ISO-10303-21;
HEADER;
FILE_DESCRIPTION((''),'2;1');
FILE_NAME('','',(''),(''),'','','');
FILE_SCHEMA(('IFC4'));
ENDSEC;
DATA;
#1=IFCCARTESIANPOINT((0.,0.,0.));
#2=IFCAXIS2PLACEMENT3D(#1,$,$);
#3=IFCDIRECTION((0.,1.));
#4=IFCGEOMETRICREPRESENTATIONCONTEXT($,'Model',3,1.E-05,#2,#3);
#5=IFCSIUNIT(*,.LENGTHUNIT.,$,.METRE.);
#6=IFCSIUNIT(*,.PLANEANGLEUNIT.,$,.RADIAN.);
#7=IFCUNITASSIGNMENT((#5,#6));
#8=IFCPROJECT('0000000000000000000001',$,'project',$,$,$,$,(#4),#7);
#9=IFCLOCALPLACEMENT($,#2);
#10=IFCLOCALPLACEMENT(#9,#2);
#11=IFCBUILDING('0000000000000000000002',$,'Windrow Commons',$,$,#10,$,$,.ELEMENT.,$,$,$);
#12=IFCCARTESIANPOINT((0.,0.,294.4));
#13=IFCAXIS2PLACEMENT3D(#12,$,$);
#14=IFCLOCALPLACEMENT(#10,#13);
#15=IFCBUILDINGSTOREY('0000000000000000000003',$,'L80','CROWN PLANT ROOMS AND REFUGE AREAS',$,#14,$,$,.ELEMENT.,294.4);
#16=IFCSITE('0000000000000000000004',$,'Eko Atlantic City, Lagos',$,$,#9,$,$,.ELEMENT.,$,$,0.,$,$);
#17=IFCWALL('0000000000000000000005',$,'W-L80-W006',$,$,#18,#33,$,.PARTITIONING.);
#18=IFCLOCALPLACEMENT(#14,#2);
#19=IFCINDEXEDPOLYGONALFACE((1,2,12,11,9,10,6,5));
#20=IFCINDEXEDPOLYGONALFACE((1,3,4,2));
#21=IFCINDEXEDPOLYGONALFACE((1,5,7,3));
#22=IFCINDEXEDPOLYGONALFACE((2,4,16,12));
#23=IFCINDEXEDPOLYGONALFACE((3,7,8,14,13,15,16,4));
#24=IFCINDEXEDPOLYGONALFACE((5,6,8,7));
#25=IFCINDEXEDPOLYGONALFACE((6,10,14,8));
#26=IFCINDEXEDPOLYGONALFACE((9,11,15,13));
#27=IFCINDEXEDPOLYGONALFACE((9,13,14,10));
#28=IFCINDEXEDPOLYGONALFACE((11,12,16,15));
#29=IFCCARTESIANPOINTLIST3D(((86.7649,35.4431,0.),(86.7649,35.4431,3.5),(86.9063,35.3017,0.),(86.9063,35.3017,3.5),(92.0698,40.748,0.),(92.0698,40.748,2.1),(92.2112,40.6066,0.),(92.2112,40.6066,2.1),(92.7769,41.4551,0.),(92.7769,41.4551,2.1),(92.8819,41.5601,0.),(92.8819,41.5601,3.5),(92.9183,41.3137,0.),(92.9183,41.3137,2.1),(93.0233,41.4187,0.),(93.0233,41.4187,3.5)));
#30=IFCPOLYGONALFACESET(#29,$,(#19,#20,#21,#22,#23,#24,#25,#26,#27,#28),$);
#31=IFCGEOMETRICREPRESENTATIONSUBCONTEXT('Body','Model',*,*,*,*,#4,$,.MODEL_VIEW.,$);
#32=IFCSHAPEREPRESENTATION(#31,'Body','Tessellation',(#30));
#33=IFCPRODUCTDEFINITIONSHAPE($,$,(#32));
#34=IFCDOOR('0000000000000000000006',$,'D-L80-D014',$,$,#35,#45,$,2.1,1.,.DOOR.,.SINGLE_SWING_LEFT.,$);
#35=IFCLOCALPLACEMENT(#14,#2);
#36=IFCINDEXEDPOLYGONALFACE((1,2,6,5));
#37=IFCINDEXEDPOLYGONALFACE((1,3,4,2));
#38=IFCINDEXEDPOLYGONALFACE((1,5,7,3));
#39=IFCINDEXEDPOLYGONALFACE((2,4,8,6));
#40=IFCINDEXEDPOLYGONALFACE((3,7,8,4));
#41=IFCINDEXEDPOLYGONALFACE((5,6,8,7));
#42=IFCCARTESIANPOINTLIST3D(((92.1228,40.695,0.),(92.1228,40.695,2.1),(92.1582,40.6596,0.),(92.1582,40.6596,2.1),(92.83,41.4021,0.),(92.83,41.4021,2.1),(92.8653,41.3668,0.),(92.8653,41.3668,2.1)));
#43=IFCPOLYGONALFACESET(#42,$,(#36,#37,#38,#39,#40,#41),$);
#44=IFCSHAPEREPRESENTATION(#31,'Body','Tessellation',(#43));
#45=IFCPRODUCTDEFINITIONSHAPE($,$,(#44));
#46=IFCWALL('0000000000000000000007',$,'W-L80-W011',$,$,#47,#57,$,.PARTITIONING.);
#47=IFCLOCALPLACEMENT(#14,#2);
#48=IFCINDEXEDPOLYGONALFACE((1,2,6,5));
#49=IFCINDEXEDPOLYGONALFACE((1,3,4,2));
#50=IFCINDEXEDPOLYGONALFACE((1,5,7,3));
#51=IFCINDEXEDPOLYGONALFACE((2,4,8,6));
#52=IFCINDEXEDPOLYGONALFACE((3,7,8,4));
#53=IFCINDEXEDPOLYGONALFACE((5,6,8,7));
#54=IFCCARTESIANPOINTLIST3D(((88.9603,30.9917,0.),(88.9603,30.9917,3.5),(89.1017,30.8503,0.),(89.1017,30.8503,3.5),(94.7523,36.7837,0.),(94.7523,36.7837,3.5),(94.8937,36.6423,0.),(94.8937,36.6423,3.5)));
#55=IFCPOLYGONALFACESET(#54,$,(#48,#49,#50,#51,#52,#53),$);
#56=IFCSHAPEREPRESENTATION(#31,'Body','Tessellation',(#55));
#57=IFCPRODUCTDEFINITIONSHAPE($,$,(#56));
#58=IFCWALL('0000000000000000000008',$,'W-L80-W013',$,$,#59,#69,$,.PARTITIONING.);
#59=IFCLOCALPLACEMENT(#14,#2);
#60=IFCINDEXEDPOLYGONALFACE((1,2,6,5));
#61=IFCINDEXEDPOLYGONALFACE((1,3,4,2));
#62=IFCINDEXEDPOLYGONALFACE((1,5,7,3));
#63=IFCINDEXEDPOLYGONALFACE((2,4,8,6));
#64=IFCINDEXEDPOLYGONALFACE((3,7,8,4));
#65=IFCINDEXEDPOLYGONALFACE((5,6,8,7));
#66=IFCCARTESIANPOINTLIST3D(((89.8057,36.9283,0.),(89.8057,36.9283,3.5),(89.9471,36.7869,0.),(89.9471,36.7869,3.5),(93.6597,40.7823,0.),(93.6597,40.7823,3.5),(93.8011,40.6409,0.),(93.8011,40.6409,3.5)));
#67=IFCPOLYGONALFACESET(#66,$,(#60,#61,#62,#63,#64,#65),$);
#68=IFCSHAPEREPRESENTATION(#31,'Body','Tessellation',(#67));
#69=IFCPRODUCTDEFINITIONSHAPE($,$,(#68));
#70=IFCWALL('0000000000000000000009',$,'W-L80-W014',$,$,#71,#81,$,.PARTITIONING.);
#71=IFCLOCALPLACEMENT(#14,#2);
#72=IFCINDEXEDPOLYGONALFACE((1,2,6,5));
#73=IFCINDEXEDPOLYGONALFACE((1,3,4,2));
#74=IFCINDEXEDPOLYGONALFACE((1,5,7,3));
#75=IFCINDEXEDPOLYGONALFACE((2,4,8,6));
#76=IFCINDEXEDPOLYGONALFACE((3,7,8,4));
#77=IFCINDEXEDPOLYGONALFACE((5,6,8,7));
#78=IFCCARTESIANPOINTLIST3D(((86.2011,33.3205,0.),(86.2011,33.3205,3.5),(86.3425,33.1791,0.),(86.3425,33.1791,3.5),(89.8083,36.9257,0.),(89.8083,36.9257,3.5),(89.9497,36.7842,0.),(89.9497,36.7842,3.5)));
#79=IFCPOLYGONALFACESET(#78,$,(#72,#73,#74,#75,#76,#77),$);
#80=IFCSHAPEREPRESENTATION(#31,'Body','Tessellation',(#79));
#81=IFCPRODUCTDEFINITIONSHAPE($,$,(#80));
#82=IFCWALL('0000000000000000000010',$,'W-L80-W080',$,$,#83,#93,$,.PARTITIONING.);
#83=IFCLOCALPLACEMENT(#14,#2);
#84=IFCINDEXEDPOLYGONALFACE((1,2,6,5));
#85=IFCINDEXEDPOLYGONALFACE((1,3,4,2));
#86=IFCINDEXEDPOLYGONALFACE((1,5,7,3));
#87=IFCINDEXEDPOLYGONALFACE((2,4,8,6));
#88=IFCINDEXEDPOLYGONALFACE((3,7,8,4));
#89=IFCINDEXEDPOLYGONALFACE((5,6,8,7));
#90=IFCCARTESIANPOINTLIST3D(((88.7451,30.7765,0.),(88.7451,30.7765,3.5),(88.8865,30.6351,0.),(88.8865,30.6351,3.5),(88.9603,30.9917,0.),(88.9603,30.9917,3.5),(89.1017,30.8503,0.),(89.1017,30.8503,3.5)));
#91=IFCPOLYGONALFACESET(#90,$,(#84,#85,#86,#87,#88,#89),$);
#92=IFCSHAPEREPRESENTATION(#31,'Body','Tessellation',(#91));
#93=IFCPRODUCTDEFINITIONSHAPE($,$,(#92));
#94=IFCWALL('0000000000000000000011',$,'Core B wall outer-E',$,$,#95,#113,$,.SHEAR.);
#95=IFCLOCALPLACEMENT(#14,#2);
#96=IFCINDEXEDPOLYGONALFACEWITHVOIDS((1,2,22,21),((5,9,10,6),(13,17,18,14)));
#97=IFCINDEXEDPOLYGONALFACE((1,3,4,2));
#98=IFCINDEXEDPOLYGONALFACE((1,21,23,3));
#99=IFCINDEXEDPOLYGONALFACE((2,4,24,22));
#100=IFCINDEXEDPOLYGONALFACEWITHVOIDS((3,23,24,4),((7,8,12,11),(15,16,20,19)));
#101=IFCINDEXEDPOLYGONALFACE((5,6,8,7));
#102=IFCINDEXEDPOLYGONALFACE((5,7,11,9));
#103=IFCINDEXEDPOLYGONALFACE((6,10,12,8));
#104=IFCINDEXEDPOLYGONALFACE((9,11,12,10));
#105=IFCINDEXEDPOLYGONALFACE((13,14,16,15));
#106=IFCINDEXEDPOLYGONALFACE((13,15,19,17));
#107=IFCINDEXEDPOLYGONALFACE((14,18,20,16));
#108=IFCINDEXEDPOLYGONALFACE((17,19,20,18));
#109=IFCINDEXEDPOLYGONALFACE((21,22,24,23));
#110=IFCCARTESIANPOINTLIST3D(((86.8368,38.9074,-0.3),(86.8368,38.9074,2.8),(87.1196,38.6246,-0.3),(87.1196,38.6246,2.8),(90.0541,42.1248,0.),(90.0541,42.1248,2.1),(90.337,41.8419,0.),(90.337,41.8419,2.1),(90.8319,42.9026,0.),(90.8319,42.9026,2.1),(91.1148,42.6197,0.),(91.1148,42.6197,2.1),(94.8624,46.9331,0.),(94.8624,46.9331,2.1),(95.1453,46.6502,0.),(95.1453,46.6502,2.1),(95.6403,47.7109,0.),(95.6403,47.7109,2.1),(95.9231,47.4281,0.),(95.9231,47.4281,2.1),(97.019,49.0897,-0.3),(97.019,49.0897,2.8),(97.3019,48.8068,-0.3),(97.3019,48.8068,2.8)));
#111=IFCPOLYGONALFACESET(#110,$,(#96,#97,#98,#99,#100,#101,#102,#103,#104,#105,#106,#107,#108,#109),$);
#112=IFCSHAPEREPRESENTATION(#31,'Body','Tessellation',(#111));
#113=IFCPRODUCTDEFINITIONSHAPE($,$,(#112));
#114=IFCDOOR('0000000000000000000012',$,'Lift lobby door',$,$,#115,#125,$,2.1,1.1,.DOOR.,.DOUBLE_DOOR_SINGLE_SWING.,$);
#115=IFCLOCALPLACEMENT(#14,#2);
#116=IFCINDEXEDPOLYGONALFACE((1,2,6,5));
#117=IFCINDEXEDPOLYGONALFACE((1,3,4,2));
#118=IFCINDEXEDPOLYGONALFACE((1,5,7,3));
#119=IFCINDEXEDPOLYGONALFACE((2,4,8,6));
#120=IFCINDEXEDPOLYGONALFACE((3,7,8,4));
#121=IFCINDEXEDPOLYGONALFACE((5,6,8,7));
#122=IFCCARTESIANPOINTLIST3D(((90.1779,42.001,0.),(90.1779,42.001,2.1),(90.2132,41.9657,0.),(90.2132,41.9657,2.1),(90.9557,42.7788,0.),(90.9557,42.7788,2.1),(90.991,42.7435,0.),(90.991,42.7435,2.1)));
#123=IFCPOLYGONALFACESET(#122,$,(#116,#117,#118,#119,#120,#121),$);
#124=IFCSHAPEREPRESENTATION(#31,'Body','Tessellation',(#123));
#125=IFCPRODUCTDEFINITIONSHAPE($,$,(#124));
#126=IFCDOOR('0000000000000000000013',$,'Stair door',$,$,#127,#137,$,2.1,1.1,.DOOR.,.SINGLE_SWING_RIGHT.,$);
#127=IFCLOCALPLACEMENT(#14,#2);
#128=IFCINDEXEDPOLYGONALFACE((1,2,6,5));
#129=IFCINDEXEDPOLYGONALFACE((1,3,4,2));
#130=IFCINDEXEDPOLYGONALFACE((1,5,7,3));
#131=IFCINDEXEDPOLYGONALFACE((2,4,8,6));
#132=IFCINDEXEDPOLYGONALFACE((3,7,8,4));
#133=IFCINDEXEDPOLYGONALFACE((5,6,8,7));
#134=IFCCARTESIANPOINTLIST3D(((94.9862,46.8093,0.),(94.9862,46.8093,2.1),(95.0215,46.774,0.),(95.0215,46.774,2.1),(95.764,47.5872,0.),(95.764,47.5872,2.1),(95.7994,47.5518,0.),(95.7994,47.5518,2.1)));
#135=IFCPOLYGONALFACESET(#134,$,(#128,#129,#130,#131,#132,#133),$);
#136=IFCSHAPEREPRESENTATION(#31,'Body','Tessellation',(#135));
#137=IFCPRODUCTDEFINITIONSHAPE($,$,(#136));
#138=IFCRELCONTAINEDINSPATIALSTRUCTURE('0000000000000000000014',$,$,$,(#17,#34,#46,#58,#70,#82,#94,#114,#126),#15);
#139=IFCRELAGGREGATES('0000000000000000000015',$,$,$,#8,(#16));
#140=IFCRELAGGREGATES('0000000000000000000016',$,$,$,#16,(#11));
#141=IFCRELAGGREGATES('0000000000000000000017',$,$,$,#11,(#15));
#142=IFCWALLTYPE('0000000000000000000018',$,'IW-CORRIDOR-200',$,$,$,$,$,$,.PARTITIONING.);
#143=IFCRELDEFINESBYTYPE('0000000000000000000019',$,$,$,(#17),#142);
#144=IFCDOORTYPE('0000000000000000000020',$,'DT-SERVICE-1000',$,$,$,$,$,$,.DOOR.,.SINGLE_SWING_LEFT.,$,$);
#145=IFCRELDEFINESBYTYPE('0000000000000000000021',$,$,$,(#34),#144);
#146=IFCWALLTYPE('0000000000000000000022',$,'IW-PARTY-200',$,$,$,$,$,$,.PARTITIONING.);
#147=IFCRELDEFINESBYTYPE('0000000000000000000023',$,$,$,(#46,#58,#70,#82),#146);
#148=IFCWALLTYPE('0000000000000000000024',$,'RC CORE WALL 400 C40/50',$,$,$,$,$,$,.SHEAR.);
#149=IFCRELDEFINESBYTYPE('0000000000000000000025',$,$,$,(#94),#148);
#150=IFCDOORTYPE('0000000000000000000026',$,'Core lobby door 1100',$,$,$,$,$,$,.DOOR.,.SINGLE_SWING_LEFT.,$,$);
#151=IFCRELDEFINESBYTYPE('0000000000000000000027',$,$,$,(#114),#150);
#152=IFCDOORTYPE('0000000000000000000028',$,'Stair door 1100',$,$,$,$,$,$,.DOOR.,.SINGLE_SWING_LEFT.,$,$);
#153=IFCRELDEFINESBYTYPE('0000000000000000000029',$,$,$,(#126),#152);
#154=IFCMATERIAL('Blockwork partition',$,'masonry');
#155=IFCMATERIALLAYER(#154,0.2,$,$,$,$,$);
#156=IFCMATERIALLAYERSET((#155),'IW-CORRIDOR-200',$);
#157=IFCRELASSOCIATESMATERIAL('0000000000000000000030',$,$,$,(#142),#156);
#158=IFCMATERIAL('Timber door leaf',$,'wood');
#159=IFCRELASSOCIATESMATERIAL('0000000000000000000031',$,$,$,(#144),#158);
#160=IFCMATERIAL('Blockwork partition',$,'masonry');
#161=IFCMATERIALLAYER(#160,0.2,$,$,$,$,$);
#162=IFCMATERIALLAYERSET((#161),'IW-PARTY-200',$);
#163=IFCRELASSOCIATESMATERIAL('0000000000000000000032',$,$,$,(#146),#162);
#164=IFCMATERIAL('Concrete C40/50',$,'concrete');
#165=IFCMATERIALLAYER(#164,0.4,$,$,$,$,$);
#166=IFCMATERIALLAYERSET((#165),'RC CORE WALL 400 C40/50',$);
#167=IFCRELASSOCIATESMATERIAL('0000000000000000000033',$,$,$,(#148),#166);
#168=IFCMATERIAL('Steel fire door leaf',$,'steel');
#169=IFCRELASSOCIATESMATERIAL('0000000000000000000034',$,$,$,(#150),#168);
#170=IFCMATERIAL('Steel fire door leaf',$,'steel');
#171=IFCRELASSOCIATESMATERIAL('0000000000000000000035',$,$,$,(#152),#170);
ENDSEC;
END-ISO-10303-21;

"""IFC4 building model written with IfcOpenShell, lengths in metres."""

from ifc_helpers import new_model, si_unit, direction, frame, frame_2d, origin, place, context, subcontext, project, spatial, polyline, rectangle, outline, extrude, material, layer, layer_set, type_object, element, fill, save


model = new_model("IFC4")

# Units and contexts
model_context = context("Model", 3, precision=1e-05, world=origin(), true_north=direction((0.0, 1.0)))
body_context = subcontext(model_context, "Body", "Model", "MODEL_VIEW")
ifc_project = project(units=[si_unit("LENGTHUNIT", "METRE"), si_unit("PLANEANGLEUNIT", "RADIAN")], contexts=[model_context])

# Site, building, storey
site_placement = place(None, origin())
site = spatial("IfcSite", under=ifc_project, at=site_placement, Name="Eko Atlantic City, Lagos", CompositionType="ELEMENT", RefElevation=0.0)
building_placement = place(site_placement, origin())
building = spatial("IfcBuilding", under=site, at=building_placement, Name="Windrow Commons", CompositionType="ELEMENT")
storey_placement = place(building_placement, frame((0.0, 0.0, 294.4)))
storey = spatial("IfcBuildingStorey", under=building, at=storey_placement, Name="L80", Description="CROWN PLANT ROOMS AND REFUGE AREAS", CompositionType="ELEMENT", Elevation=294.4)

# Wall, opening, door
ifc_material_1 = material(Name="Blockwork partition", Category="masonry")
ifc_layer_1 = layer(ifc_material_1, 0.2)
ifc_layer_set_1 = layer_set([ifc_layer_1], Name="IW-CORRIDOR-200")
wall_type_1 = type_object("IfcWallType", Name="IW-CORRIDOR-200", PredefinedType="PARTITIONING", material=ifc_layer_set_1)
wall_1_placement = place(storey_placement, frame((86.8356, 35.3724, 0.0), z_axis=(0.0, 0.0, 1.0), x_axis=(0.707107, 0.707107, 0.0)))
wall_1 = element("IfcWall", 1, at=wall_1_placement, inside=storey, type_object=wall_type_1, Name="W-L80-W006", PredefinedType="PARTITIONING", context=body_context, shape_type="SweptSolid", body=[
    extrude(rectangle(XDim=8.6507, YDim=0.2, at=frame_2d((4.3254, 0.0))), origin(), (0.0, 0.0, 1.0), 3.5),
])
opening_1_placement = place(wall_1_placement, frame((7.5023, 0.0, 0.0)))
opening_1 = element("IfcOpeningElement", 2, at=opening_1_placement, cuts=wall_1, PredefinedType="OPENING", context=body_context, shape_type="SweptSolid", body=[
    extrude(rectangle(XDim=1.0, YDim=2.1, at=frame_2d((0.5, 1.05))), frame((0.0, 0.11, 0.0), z_axis=(0.0, -1.0, 0.0), x_axis=(1.0, 0.0, 0.0)), (0.0, 0.0, 1.0), 0.22),
])
ifc_material_2 = material(Name="Timber door leaf", Category="wood")
door_type_1 = type_object("IfcDoorType", Name="DT-SERVICE-1000", OperationType="SINGLE_SWING_LEFT", PredefinedType="DOOR", material=ifc_material_2)
door_1_placement = place(opening_1_placement, origin())
door_1 = element("IfcDoor", 3, at=door_1_placement, inside=storey, type_object=door_type_1, Name="D-L80-D014", OperationType="SINGLE_SWING_LEFT", OverallHeight=2.1, OverallWidth=1.0, PredefinedType="DOOR", context=body_context, shape_type="SweptSolid", body=[
    extrude(rectangle(XDim=1.0, YDim=2.1, at=frame_2d((0.5, 1.05))), frame((0.0, 0.025, 0.0), z_axis=(0.0, -1.0, 0.0), x_axis=(1.0, 0.0, 0.0)), (0.0, 0.0, 1.0), 0.05),
])
fill(opening_1, door_1)

# Walls
ifc_material_3 = material(Name="Blockwork partition", Category="masonry")
ifc_layer_2 = layer(ifc_material_3, 0.2)
ifc_layer_set_2 = layer_set([ifc_layer_2], Name="IW-PARTY-200")
wall_type_2 = type_object("IfcWallType", Name="IW-PARTY-200", PredefinedType="PARTITIONING", material=ifc_layer_set_2)
wall_2_placement = place(storey_placement, frame((89.031, 30.921, 0.0), z_axis=(0.0, 0.0, 1.0), x_axis=(0.707107, 0.707107, 0.0)))
element("IfcWall", 4, at=wall_2_placement, inside=storey, type_object=wall_type_2, Name="W-L80-W011", PredefinedType="PARTITIONING", context=body_context, shape_type="SweptSolid", body=[
    extrude(rectangle(XDim=8.1911, YDim=0.2, at=frame_2d((4.0956, 0.0))), origin(), (0.0, 0.0, 1.0), 3.5),
])
wall_3_placement = place(storey_placement, frame((89.8764, 36.8576, 0.0), z_axis=(0.0, 0.0, 1.0), x_axis=(0.707107, 0.707107, 0.0)))
element("IfcWall", 5, at=wall_3_placement, inside=storey, type_object=wall_type_2, Name="W-L80-W013", PredefinedType="PARTITIONING", context=body_context, shape_type="SweptSolid", body=[
    extrude(rectangle(XDim=5.4504, YDim=0.2, at=frame_2d((2.7252, 0.0))), origin(), (0.0, 0.0, 1.0), 3.5),
])
wall_4_placement = place(storey_placement, frame((86.2718, 33.2498, 0.0), z_axis=(0.0, 0.0, 1.0), x_axis=(0.707303, 0.706911, 0.0)))
element("IfcWall", 6, at=wall_4_placement, inside=storey, type_object=wall_type_2, Name="W-L80-W014", PredefinedType="PARTITIONING", context=body_context, shape_type="SweptSolid", body=[
    extrude(outline(polyline([(0.0, -0.1), (5.0999, -0.1), (5.0999, 0.1), (0.0, 0.1), (0.0, -0.1)])), origin(), (0.0, 0.0, 1.0), 3.5),
])
wall_5_placement = place(storey_placement, frame((88.8158, 30.7058, 0.0), z_axis=(0.0, 0.0, 1.0), x_axis=(0.707107, 0.707107, 0.0)))
element("IfcWall", 7, at=wall_5_placement, inside=storey, type_object=wall_type_2, Name="W-L80-W080", PredefinedType="PARTITIONING", context=body_context, shape_type="SweptSolid", body=[
    extrude(outline(polyline([(0.0, -0.1), (0.3043, -0.1), (0.3043, 0.1), (0.0, 0.1), (0.0, -0.1)])), origin(), (0.0, 0.0, 1.0), 3.5),
])

# Wall, openings, doors
ifc_material_4 = material(Name="Concrete C40/50", Category="concrete")
ifc_layer_3 = layer(ifc_material_4, 0.4)
ifc_layer_set_3 = layer_set([ifc_layer_3], Name="RC CORE WALL 400 C40/50")
wall_type_3 = type_object("IfcWallType", Name="RC CORE WALL 400 C40/50", PredefinedType="SHEAR", material=ifc_layer_set_3)
wall_6_placement = place(storey_placement, frame((86.9782, 38.766, -0.3), z_axis=(0.0, 0.0, 1.0), x_axis=(0.707107, 0.707107, 0.0)))
wall_6 = element("IfcWall", 8, at=wall_6_placement, inside=storey, type_object=wall_type_3, Name="Core B wall outer-E", PredefinedType="SHEAR", context=body_context, shape_type="SweptSolid", body=[
    extrude(outline(polyline([(0.0, 0.0), (14.3999, 0.0), (14.3999, 3.1), (0.0, 3.1), (0.0, 0.0)])), frame((0.0, 0.2, 0.0), z_axis=(0.0, -1.0, 0.0), x_axis=(1.0, 0.0, 0.0)), (0.0, 0.0, 1.0), 0.4),
])
opening_2_placement = place(wall_6_placement, frame((4.55, 0.0, 0.3)))
opening_2 = element("IfcOpeningElement", 9, at=opening_2_placement, cuts=wall_6, PredefinedType="OPENING", context=body_context, shape_type="SweptSolid", body=[
    extrude(rectangle(XDim=1.1, YDim=2.1, at=frame_2d((0.55, 1.05))), frame((0.0, 0.21, 0.0), z_axis=(0.0, -1.0, 0.0), x_axis=(1.0, 0.0, 0.0)), (0.0, 0.0, 1.0), 0.42),
])
opening_3_placement = place(wall_6_placement, frame((11.35, 0.0, 0.3)))
opening_3 = element("IfcOpeningElement", 10, at=opening_3_placement, cuts=wall_6, PredefinedType="OPENING", context=body_context, shape_type="SweptSolid", body=[
    extrude(rectangle(XDim=1.1, YDim=2.1, at=frame_2d((0.55, 1.05))), frame((0.0, 0.21, 0.0), z_axis=(0.0, -1.0, 0.0), x_axis=(1.0, 0.0, 0.0)), (0.0, 0.0, 1.0), 0.42),
])
ifc_material_5 = material(Name="Steel fire door leaf", Category="steel")
door_type_2 = type_object("IfcDoorType", Name="Core lobby door 1100", OperationType="SINGLE_SWING_LEFT", PredefinedType="DOOR", material=ifc_material_5)
door_2_placement = place(opening_2_placement, origin())
door_2 = element("IfcDoor", 11, at=door_2_placement, inside=storey, type_object=door_type_2, Name="Lift lobby door", OperationType="DOUBLE_DOOR_SINGLE_SWING", OverallHeight=2.1, OverallWidth=1.1, PredefinedType="DOOR", context=body_context, shape_type="SweptSolid", body=[
    extrude(rectangle(XDim=1.1, YDim=2.1, at=frame_2d((0.55, 1.05))), frame((0.0, 0.025, 0.0), z_axis=(0.0, -1.0, 0.0), x_axis=(1.0, 0.0, 0.0)), (0.0, 0.0, 1.0), 0.05),
])
fill(opening_2, door_2)
ifc_material_6 = material(Name="Steel fire door leaf", Category="steel")
door_type_3 = type_object("IfcDoorType", Name="Stair door 1100", OperationType="SINGLE_SWING_LEFT", PredefinedType="DOOR", material=ifc_material_6)
door_3_placement = place(opening_3_placement, origin())
door_3 = element("IfcDoor", 12, at=door_3_placement, inside=storey, type_object=door_type_3, Name="Stair door", OperationType="SINGLE_SWING_RIGHT", OverallHeight=2.1, OverallWidth=1.1, PredefinedType="DOOR", context=body_context, shape_type="SweptSolid", body=[
    extrude(rectangle(XDim=1.1, YDim=2.1, at=frame_2d((0.55, 1.05))), frame((0.0, 0.025, 0.0), z_axis=(0.0, -1.0, 0.0), x_axis=(1.0, 0.0, 0.0)), (0.0, 0.0, 1.0), 0.05),
])
fill(opening_3, door_3)

save(model, "model.ifc")
